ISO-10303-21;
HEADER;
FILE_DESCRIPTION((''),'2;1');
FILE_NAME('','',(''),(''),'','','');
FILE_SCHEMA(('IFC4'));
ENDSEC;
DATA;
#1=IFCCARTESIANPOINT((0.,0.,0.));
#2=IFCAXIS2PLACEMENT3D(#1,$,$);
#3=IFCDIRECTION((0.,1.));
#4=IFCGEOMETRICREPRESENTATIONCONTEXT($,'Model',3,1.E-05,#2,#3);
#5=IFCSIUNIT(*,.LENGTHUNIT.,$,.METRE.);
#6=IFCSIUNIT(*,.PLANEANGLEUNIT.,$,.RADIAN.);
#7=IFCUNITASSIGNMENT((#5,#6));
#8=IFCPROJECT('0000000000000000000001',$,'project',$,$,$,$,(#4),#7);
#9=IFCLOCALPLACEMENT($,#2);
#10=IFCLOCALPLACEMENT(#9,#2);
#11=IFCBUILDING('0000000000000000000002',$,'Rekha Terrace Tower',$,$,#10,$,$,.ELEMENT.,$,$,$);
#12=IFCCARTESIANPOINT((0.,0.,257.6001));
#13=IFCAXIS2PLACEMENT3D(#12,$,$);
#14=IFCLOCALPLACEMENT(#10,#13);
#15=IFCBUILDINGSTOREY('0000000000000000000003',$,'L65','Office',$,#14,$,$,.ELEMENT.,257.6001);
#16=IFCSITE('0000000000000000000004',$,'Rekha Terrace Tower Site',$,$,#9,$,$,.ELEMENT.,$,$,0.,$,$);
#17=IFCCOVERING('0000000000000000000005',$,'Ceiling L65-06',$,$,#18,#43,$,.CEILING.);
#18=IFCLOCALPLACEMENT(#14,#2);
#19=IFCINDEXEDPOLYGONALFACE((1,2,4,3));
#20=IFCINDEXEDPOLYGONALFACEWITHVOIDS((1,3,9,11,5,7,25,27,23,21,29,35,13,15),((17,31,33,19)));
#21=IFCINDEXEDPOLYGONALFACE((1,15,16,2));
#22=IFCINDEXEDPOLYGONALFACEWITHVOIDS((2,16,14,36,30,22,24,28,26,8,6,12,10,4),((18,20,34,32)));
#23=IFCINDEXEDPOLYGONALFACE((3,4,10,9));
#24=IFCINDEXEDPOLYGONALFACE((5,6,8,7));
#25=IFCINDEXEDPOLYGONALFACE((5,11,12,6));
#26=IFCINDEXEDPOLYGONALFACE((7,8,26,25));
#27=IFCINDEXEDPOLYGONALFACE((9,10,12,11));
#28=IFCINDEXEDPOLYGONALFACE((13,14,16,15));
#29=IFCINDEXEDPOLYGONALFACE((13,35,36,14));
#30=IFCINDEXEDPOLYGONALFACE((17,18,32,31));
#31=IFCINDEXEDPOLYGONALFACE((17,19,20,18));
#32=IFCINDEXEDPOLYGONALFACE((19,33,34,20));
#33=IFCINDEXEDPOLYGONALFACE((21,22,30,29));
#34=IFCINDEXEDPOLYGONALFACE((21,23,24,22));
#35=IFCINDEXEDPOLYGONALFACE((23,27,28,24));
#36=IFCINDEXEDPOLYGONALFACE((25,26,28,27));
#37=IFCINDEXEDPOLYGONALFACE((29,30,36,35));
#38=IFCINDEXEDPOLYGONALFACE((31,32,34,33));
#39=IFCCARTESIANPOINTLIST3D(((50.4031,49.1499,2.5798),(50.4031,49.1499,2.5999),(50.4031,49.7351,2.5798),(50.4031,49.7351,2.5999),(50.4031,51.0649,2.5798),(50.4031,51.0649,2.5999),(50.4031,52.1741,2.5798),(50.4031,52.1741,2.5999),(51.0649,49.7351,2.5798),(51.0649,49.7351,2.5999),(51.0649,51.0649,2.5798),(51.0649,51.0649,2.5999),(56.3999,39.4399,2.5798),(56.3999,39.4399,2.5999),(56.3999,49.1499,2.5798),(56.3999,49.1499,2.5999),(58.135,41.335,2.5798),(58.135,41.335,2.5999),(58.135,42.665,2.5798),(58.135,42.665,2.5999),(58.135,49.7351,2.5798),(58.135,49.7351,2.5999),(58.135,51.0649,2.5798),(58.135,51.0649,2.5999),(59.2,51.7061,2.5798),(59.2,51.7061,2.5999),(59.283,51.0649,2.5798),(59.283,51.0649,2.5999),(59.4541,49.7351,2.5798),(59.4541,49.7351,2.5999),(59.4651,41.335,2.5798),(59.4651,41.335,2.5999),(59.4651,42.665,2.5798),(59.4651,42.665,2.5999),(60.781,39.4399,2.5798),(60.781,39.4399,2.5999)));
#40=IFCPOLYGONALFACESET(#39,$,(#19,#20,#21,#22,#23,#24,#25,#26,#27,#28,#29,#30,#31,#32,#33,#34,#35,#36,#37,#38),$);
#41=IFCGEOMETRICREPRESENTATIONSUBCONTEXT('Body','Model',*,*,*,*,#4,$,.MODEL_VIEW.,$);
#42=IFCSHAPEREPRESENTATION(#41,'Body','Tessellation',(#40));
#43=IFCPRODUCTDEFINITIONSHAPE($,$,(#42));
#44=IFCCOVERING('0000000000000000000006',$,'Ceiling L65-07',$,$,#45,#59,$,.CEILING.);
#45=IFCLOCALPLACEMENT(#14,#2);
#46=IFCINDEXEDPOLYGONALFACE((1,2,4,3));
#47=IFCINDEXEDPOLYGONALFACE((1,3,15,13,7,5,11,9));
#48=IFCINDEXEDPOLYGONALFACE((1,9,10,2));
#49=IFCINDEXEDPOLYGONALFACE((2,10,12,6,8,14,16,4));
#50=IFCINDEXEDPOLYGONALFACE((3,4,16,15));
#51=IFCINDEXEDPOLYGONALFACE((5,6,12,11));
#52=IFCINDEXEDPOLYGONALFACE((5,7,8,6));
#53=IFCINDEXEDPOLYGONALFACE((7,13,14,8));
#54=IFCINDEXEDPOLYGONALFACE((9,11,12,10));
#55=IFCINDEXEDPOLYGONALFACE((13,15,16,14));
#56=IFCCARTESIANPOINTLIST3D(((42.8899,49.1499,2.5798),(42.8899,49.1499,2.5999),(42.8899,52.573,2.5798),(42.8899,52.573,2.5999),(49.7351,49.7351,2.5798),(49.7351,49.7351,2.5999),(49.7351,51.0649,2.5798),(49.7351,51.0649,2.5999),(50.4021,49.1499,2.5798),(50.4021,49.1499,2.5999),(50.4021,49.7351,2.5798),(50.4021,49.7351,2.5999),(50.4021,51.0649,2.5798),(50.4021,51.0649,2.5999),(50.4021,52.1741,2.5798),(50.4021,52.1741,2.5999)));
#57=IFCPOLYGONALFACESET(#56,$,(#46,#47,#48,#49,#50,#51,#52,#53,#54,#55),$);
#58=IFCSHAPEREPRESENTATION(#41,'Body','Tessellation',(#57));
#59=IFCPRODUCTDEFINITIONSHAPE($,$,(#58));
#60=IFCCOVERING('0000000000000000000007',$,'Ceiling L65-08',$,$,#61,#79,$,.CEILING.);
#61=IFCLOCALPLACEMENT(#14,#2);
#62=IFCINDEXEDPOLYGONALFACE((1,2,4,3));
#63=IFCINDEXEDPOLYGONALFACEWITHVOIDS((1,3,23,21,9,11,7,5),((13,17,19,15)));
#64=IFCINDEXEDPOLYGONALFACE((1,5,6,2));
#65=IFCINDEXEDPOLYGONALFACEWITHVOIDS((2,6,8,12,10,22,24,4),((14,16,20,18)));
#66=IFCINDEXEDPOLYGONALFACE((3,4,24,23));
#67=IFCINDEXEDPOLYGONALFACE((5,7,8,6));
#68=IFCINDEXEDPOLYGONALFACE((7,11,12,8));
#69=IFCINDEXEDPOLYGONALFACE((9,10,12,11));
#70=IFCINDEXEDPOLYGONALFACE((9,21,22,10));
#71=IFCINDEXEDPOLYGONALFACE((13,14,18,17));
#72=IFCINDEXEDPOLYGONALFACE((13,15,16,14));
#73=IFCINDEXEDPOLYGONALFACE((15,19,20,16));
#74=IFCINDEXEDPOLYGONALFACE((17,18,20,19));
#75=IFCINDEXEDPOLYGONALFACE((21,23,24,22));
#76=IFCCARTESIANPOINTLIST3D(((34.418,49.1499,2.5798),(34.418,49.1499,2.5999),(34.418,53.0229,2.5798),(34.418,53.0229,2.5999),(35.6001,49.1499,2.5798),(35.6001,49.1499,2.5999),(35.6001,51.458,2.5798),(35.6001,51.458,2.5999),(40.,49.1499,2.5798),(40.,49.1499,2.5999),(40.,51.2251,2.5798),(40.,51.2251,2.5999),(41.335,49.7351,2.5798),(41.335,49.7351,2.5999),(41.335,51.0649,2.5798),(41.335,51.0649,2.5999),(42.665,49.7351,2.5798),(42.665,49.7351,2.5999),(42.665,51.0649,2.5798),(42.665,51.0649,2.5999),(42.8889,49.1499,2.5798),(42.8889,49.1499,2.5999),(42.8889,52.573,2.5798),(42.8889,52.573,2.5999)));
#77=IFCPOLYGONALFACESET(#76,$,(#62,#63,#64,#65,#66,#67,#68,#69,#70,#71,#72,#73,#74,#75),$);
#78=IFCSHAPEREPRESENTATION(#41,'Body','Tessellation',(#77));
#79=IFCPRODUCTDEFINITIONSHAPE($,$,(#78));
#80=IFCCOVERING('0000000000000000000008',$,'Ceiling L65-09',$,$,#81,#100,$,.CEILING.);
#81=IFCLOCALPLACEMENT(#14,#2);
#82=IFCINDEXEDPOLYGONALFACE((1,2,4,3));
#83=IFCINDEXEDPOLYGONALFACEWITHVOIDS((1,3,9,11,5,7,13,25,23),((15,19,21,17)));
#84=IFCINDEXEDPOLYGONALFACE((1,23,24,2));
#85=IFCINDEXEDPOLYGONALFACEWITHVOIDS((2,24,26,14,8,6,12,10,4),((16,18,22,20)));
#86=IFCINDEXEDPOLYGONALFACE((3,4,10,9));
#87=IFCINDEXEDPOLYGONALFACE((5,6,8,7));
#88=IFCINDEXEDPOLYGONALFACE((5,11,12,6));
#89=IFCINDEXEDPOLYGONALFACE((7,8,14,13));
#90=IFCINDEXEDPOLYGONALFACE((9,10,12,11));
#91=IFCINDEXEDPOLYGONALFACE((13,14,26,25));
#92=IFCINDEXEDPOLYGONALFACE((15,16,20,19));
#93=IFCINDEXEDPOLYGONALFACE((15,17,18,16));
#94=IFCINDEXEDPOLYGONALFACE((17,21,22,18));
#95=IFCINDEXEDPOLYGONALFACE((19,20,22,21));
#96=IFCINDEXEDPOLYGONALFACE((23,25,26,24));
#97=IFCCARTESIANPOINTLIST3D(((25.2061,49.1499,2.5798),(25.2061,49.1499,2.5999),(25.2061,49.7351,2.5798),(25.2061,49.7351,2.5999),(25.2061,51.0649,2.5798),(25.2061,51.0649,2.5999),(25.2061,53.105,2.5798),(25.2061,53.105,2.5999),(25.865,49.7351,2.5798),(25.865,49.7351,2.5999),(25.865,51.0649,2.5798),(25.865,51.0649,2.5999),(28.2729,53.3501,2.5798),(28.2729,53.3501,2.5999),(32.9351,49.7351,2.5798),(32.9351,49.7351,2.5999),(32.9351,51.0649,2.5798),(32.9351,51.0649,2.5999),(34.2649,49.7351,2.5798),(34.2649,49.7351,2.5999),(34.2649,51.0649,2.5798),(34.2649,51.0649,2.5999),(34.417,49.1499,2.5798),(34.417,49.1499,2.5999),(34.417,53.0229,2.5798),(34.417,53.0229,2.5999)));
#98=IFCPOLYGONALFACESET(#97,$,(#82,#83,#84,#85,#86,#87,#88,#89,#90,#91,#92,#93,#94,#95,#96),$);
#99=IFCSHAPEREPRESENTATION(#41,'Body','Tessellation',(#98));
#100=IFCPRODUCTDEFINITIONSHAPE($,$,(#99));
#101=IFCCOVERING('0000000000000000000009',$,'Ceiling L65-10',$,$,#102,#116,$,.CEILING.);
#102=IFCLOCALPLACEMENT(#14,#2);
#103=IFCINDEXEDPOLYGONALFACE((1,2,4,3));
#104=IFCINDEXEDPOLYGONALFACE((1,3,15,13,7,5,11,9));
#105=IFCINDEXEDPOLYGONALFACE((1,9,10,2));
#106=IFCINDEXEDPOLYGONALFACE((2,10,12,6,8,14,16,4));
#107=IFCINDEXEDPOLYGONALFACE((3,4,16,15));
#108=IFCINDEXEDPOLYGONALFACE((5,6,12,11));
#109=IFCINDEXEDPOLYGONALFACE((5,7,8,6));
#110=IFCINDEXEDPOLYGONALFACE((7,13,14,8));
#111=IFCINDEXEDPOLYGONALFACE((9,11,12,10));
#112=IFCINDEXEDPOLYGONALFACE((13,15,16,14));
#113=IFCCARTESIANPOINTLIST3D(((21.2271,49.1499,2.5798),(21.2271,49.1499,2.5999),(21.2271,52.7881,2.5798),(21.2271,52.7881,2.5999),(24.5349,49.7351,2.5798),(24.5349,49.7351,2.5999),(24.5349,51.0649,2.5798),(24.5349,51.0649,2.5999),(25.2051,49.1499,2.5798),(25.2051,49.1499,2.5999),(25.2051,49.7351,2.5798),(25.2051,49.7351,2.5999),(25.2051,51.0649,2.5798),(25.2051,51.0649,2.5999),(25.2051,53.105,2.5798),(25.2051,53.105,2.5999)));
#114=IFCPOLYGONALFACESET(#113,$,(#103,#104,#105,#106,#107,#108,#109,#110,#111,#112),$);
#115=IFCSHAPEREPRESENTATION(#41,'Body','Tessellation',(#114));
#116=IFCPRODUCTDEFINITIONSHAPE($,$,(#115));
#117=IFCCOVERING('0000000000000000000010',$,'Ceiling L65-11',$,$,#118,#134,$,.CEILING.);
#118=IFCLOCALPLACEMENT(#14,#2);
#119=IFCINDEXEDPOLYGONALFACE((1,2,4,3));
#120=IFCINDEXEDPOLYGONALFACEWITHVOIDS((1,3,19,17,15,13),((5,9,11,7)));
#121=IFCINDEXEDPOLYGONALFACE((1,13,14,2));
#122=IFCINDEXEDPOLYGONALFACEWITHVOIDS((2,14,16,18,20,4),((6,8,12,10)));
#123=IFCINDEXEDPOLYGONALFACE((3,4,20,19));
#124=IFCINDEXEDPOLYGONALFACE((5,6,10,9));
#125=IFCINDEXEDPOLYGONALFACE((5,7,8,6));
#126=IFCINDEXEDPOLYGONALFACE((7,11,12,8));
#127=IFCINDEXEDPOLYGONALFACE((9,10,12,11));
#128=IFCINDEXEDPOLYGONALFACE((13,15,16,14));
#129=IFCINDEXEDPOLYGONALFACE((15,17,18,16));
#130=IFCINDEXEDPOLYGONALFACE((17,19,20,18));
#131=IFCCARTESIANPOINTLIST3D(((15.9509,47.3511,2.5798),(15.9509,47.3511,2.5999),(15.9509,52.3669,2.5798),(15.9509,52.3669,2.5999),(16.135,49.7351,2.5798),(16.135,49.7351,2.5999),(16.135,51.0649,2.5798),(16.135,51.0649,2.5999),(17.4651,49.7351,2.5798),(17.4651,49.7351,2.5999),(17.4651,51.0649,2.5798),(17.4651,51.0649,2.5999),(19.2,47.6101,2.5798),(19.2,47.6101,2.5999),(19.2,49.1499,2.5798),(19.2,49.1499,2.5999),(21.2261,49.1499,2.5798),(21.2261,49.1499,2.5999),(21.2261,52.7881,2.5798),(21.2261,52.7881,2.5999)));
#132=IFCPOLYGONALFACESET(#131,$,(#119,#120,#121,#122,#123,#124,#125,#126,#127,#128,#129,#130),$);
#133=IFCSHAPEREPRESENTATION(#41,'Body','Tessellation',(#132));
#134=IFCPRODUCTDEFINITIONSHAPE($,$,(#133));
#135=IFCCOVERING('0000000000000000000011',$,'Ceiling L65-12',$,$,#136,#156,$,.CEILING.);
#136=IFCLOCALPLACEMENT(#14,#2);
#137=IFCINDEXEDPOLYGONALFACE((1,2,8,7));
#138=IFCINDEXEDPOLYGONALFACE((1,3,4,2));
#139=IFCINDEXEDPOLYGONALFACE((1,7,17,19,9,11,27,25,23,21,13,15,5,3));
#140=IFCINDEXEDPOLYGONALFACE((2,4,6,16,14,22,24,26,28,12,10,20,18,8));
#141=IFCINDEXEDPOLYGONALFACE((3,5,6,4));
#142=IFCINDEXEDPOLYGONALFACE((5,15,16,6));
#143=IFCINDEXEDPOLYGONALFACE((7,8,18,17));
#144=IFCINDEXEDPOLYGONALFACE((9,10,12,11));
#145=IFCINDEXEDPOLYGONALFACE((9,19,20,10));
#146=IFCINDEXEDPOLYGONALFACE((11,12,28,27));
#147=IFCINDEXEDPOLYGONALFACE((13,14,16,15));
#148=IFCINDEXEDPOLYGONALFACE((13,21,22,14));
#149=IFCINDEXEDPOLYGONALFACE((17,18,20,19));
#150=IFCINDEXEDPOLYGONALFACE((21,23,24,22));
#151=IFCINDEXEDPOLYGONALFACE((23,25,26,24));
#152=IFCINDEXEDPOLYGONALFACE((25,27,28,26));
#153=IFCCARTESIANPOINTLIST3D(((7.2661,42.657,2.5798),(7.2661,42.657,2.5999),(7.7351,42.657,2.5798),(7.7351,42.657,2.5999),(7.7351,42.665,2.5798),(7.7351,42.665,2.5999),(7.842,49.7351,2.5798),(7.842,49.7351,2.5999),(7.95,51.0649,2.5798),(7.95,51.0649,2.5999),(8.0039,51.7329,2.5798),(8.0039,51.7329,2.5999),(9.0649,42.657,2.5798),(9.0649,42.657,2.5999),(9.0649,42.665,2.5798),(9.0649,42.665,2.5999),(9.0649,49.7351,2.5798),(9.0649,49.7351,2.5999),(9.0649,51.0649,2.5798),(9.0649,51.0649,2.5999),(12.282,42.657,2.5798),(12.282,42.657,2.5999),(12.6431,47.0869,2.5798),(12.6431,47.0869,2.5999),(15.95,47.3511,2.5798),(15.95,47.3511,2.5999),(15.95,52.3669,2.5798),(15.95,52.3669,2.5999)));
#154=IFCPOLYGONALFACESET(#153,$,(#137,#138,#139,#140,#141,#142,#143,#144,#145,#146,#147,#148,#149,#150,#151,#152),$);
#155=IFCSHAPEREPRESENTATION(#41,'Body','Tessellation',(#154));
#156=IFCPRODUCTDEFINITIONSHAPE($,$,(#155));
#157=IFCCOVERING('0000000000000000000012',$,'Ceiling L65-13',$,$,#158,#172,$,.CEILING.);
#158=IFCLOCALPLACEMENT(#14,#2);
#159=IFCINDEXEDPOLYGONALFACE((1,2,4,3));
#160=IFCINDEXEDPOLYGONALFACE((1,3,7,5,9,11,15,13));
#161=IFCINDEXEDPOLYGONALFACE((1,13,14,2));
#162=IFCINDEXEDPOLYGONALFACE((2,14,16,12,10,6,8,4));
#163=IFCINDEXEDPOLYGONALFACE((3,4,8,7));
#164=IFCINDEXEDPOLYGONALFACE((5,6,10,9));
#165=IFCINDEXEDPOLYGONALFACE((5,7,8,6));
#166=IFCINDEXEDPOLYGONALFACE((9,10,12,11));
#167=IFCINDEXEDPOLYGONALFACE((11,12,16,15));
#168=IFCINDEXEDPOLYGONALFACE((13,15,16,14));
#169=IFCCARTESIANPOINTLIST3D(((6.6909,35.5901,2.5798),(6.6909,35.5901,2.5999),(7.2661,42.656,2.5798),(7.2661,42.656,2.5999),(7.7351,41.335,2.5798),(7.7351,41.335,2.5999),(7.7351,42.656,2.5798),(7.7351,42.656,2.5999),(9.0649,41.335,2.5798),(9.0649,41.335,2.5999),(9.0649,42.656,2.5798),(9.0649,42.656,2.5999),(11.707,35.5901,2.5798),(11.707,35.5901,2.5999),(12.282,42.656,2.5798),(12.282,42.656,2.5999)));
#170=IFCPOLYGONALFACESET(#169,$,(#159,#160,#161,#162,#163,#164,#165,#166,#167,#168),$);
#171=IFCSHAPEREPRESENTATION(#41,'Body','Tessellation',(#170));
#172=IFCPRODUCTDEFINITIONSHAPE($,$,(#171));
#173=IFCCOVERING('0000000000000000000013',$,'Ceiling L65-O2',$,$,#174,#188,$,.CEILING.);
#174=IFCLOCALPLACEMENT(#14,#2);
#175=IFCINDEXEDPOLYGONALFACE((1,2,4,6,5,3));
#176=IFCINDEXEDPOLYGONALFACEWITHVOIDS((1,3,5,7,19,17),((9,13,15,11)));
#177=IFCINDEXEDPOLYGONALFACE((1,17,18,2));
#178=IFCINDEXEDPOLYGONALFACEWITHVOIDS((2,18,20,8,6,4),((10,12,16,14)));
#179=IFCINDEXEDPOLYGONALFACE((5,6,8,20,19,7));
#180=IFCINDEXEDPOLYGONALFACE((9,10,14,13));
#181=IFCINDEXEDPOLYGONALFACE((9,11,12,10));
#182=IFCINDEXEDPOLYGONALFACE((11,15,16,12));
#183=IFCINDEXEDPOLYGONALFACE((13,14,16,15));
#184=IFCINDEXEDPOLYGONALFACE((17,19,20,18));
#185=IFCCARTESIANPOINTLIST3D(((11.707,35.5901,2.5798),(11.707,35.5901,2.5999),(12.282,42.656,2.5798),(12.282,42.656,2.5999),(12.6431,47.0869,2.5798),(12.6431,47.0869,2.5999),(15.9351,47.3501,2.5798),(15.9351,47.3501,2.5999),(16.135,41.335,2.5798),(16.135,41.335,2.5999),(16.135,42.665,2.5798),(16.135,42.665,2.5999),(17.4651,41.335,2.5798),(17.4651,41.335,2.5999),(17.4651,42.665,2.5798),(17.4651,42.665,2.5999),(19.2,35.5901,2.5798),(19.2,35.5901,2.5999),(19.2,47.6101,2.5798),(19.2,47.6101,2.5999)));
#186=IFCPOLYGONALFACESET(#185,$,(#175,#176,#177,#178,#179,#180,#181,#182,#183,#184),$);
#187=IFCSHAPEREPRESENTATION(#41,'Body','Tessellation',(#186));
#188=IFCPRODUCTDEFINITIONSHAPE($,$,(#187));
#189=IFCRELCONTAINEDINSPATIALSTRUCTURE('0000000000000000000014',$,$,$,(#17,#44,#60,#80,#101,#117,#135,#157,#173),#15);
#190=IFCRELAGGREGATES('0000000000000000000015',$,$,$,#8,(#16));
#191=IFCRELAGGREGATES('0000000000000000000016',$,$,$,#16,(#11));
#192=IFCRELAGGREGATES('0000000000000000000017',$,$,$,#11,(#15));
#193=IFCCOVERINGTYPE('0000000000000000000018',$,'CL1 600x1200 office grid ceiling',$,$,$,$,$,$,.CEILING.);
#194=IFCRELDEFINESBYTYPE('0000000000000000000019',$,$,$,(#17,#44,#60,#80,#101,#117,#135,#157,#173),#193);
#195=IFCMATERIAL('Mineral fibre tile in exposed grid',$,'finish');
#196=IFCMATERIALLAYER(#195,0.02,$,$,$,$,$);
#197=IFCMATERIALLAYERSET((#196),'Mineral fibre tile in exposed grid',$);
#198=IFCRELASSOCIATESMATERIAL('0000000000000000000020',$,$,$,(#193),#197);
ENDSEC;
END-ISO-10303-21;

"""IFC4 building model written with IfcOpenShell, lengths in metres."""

from ifc_helpers import new_model, si_unit, direction, frame, origin, place, context, subcontext, project, spatial, polyline, outline, extrude, material, layer, layer_set, type_object, element, save


model = new_model("IFC4")

# Units and contexts
model_context = context("Model", 3, precision=1e-05, world=origin(), true_north=direction((0.0, 1.0)))
body_context = subcontext(model_context, "Body", "Model", "MODEL_VIEW")
ifc_project = project(units=[si_unit("LENGTHUNIT", "METRE"), si_unit("PLANEANGLEUNIT", "RADIAN")], contexts=[model_context])

# Site, building, storey
site_placement = place(None, origin())
site = spatial("IfcSite", under=ifc_project, at=site_placement, Name="Rekha Terrace Tower Site", CompositionType="ELEMENT", RefElevation=0.0)
building_placement = place(site_placement, origin())
building = spatial("IfcBuilding", under=site, at=building_placement, Name="Rekha Terrace Tower", CompositionType="ELEMENT")
storey_placement = place(building_placement, frame((0.0, 0.0, 257.6001)))
storey = spatial("IfcBuildingStorey", under=building, at=storey_placement, Name="L65", Description="Office", CompositionType="ELEMENT", Elevation=257.6001)

# Coverings
ifc_material_1 = material(Name="Mineral fibre tile in exposed grid", Category="finish")
ifc_layer_1 = layer(ifc_material_1, 0.02)
ifc_layer_set_1 = layer_set([ifc_layer_1], Name="Mineral fibre tile in exposed grid")
covering_type_1 = type_object("IfcCoveringType", Name="CL1 600x1200 office grid ceiling", PredefinedType="CEILING", material=ifc_layer_set_1)
covering_1_placement = place(storey_placement, frame((0.0, 0.0, 2.5798)))
element("IfcCovering", 1, at=covering_1_placement, inside=storey, type_object=covering_type_1, Name="Ceiling L65-06", PredefinedType="CEILING", context=body_context, shape_type="SweptSolid", body=[
    extrude(outline(polyline([(51.0649, 49.7351), (50.4031, 49.7351), (50.4031, 49.1499), (56.3999, 49.1499), (56.3999, 39.4399), (60.781, 39.4399), (59.4541, 49.7351), (58.135, 49.7351), (58.135, 51.0649), (59.283, 51.0649), (59.2, 51.7061), (50.4031, 52.1741), (50.4031, 51.0649), (51.0649, 51.0649), (51.0649, 49.7351)]), holes=[polyline([(59.4651, 41.335), (58.135, 41.335), (58.135, 42.665), (59.4651, 42.665), (59.4651, 41.335)])]), origin(), (0.0, 0.0, 1.0), 0.02),
])
covering_2_placement = place(storey_placement, frame((0.0, 0.0, 2.5798)))
element("IfcCovering", 2, at=covering_2_placement, inside=storey, type_object=covering_type_1, Name="Ceiling L65-07", PredefinedType="CEILING", context=body_context, shape_type="SweptSolid", body=[
    extrude(outline(polyline([(50.4021, 51.0649), (50.4021, 52.1741), (42.8899, 52.573), (42.8899, 49.1499), (50.4021, 49.1499), (50.4021, 49.7351), (49.7351, 49.7351), (49.7351, 51.0649), (50.4021, 51.0649)])), origin(), (0.0, 0.0, 1.0), 0.02),
])
covering_3_placement = place(storey_placement, frame((0.0, 0.0, 2.5798)))
element("IfcCovering", 3, at=covering_3_placement, inside=storey, type_object=covering_type_1, Name="Ceiling L65-08", PredefinedType="CEILING", context=body_context, shape_type="SweptSolid", body=[
    extrude(outline(polyline([(35.6001, 49.1499), (35.6001, 51.458), (40.0, 51.2251), (40.0, 49.1499), (42.8889, 49.1499), (42.8889, 52.573), (34.418, 53.0229), (34.418, 49.1499), (35.6001, 49.1499)]), holes=[polyline([(42.665, 49.7351), (41.335, 49.7351), (41.335, 51.0649), (42.665, 51.0649), (42.665, 49.7351)])]), origin(), (0.0, 0.0, 1.0), 0.02),
])
covering_4_placement = place(storey_placement, frame((0.0, 0.0, 2.5798)))
element("IfcCovering", 4, at=covering_4_placement, inside=storey, type_object=covering_type_1, Name="Ceiling L65-09", PredefinedType="CEILING", context=body_context, shape_type="SweptSolid", body=[
    extrude(outline(polyline([(34.417, 53.0229), (28.2729, 53.3501), (25.2061, 53.105), (25.2061, 51.0649), (25.865, 51.0649), (25.865, 49.7351), (25.2061, 49.7351), (25.2061, 49.1499), (34.417, 49.1499), (34.417, 53.0229)]), holes=[polyline([(34.2649, 49.7351), (32.9351, 49.7351), (32.9351, 51.0649), (34.2649, 51.0649), (34.2649, 49.7351)])]), origin(), (0.0, 0.0, 1.0), 0.02),
])
covering_5_placement = place(storey_placement, frame((0.0, 0.0, 2.5798)))
element("IfcCovering", 5, at=covering_5_placement, inside=storey, type_object=covering_type_1, Name="Ceiling L65-10", PredefinedType="CEILING", context=body_context, shape_type="SweptSolid", body=[
    extrude(outline(polyline([(25.2051, 51.0649), (25.2051, 53.105), (21.2271, 52.7881), (21.2271, 49.1499), (25.2051, 49.1499), (25.2051, 49.7351), (24.5349, 49.7351), (24.5349, 51.0649), (25.2051, 51.0649)])), origin(), (0.0, 0.0, 1.0), 0.02),
])
covering_6_placement = place(storey_placement, frame((0.0, 0.0, 2.5798)))
element("IfcCovering", 6, at=covering_6_placement, inside=storey, type_object=covering_type_1, Name="Ceiling L65-11", PredefinedType="CEILING", context=body_context, shape_type="SweptSolid", body=[
    extrude(outline(polyline([(15.9509, 52.3669), (15.9509, 47.3511), (19.2, 47.6101), (19.2, 49.1499), (21.2261, 49.1499), (21.2261, 52.7881), (15.9509, 52.3669)]), holes=[polyline([(17.4651, 49.7351), (16.135, 49.7351), (16.135, 51.0649), (17.4651, 51.0649), (17.4651, 49.7351)])]), origin(), (0.0, 0.0, 1.0), 0.02),
])
covering_7_placement = place(storey_placement, frame((0.0, 0.0, 2.5798)))
element("IfcCovering", 7, at=covering_7_placement, inside=storey, type_object=covering_type_1, Name="Ceiling L65-12", PredefinedType="CEILING", context=body_context, shape_type="SweptSolid", body=[
    extrude(outline(polyline([(7.2661, 42.657), (7.7351, 42.657), (7.7351, 42.665), (9.0649, 42.665), (9.0649, 42.657), (12.282, 42.657), (12.6431, 47.0869), (15.95, 47.3511), (15.95, 52.3669), (8.0039, 51.7329), (7.95, 51.0649), (9.0649, 51.0649), (9.0649, 49.7351), (7.842, 49.7351), (7.2661, 42.657)])), origin(), (0.0, 0.0, 1.0), 0.02),
])
covering_8_placement = place(storey_placement, frame((0.0, 0.0, 2.5798)))
element("IfcCovering", 8, at=covering_8_placement, inside=storey, type_object=covering_type_1, Name="Ceiling L65-13", PredefinedType="CEILING", context=body_context, shape_type="SweptSolid", body=[
    extrude(outline(polyline([(7.7351, 42.656), (7.2661, 42.656), (6.6909, 35.5901), (11.707, 35.5901), (12.282, 42.656), (9.0649, 42.656), (9.0649, 41.335), (7.7351, 41.335), (7.7351, 42.656)])), origin(), (0.0, 0.0, 1.0), 0.02),
])
covering_9_placement = place(storey_placement, frame((0.0, 0.0, 2.5798)))
element("IfcCovering", 9, at=covering_9_placement, inside=storey, type_object=covering_type_1, Name="Ceiling L65-O2", PredefinedType="CEILING", context=body_context, shape_type="SweptSolid", body=[
    extrude(outline(polyline([(12.6431, 47.0869), (12.282, 42.656), (11.707, 35.5901), (19.2, 35.5901), (19.2, 47.6101), (15.9351, 47.3501), (12.6431, 47.0869)]), holes=[polyline([(17.4651, 41.335), (16.135, 41.335), (16.135, 42.665), (17.4651, 42.665), (17.4651, 41.335)])]), origin(), (0.0, 0.0, 1.0), 0.02),
])

save(model, "model.ifc")
